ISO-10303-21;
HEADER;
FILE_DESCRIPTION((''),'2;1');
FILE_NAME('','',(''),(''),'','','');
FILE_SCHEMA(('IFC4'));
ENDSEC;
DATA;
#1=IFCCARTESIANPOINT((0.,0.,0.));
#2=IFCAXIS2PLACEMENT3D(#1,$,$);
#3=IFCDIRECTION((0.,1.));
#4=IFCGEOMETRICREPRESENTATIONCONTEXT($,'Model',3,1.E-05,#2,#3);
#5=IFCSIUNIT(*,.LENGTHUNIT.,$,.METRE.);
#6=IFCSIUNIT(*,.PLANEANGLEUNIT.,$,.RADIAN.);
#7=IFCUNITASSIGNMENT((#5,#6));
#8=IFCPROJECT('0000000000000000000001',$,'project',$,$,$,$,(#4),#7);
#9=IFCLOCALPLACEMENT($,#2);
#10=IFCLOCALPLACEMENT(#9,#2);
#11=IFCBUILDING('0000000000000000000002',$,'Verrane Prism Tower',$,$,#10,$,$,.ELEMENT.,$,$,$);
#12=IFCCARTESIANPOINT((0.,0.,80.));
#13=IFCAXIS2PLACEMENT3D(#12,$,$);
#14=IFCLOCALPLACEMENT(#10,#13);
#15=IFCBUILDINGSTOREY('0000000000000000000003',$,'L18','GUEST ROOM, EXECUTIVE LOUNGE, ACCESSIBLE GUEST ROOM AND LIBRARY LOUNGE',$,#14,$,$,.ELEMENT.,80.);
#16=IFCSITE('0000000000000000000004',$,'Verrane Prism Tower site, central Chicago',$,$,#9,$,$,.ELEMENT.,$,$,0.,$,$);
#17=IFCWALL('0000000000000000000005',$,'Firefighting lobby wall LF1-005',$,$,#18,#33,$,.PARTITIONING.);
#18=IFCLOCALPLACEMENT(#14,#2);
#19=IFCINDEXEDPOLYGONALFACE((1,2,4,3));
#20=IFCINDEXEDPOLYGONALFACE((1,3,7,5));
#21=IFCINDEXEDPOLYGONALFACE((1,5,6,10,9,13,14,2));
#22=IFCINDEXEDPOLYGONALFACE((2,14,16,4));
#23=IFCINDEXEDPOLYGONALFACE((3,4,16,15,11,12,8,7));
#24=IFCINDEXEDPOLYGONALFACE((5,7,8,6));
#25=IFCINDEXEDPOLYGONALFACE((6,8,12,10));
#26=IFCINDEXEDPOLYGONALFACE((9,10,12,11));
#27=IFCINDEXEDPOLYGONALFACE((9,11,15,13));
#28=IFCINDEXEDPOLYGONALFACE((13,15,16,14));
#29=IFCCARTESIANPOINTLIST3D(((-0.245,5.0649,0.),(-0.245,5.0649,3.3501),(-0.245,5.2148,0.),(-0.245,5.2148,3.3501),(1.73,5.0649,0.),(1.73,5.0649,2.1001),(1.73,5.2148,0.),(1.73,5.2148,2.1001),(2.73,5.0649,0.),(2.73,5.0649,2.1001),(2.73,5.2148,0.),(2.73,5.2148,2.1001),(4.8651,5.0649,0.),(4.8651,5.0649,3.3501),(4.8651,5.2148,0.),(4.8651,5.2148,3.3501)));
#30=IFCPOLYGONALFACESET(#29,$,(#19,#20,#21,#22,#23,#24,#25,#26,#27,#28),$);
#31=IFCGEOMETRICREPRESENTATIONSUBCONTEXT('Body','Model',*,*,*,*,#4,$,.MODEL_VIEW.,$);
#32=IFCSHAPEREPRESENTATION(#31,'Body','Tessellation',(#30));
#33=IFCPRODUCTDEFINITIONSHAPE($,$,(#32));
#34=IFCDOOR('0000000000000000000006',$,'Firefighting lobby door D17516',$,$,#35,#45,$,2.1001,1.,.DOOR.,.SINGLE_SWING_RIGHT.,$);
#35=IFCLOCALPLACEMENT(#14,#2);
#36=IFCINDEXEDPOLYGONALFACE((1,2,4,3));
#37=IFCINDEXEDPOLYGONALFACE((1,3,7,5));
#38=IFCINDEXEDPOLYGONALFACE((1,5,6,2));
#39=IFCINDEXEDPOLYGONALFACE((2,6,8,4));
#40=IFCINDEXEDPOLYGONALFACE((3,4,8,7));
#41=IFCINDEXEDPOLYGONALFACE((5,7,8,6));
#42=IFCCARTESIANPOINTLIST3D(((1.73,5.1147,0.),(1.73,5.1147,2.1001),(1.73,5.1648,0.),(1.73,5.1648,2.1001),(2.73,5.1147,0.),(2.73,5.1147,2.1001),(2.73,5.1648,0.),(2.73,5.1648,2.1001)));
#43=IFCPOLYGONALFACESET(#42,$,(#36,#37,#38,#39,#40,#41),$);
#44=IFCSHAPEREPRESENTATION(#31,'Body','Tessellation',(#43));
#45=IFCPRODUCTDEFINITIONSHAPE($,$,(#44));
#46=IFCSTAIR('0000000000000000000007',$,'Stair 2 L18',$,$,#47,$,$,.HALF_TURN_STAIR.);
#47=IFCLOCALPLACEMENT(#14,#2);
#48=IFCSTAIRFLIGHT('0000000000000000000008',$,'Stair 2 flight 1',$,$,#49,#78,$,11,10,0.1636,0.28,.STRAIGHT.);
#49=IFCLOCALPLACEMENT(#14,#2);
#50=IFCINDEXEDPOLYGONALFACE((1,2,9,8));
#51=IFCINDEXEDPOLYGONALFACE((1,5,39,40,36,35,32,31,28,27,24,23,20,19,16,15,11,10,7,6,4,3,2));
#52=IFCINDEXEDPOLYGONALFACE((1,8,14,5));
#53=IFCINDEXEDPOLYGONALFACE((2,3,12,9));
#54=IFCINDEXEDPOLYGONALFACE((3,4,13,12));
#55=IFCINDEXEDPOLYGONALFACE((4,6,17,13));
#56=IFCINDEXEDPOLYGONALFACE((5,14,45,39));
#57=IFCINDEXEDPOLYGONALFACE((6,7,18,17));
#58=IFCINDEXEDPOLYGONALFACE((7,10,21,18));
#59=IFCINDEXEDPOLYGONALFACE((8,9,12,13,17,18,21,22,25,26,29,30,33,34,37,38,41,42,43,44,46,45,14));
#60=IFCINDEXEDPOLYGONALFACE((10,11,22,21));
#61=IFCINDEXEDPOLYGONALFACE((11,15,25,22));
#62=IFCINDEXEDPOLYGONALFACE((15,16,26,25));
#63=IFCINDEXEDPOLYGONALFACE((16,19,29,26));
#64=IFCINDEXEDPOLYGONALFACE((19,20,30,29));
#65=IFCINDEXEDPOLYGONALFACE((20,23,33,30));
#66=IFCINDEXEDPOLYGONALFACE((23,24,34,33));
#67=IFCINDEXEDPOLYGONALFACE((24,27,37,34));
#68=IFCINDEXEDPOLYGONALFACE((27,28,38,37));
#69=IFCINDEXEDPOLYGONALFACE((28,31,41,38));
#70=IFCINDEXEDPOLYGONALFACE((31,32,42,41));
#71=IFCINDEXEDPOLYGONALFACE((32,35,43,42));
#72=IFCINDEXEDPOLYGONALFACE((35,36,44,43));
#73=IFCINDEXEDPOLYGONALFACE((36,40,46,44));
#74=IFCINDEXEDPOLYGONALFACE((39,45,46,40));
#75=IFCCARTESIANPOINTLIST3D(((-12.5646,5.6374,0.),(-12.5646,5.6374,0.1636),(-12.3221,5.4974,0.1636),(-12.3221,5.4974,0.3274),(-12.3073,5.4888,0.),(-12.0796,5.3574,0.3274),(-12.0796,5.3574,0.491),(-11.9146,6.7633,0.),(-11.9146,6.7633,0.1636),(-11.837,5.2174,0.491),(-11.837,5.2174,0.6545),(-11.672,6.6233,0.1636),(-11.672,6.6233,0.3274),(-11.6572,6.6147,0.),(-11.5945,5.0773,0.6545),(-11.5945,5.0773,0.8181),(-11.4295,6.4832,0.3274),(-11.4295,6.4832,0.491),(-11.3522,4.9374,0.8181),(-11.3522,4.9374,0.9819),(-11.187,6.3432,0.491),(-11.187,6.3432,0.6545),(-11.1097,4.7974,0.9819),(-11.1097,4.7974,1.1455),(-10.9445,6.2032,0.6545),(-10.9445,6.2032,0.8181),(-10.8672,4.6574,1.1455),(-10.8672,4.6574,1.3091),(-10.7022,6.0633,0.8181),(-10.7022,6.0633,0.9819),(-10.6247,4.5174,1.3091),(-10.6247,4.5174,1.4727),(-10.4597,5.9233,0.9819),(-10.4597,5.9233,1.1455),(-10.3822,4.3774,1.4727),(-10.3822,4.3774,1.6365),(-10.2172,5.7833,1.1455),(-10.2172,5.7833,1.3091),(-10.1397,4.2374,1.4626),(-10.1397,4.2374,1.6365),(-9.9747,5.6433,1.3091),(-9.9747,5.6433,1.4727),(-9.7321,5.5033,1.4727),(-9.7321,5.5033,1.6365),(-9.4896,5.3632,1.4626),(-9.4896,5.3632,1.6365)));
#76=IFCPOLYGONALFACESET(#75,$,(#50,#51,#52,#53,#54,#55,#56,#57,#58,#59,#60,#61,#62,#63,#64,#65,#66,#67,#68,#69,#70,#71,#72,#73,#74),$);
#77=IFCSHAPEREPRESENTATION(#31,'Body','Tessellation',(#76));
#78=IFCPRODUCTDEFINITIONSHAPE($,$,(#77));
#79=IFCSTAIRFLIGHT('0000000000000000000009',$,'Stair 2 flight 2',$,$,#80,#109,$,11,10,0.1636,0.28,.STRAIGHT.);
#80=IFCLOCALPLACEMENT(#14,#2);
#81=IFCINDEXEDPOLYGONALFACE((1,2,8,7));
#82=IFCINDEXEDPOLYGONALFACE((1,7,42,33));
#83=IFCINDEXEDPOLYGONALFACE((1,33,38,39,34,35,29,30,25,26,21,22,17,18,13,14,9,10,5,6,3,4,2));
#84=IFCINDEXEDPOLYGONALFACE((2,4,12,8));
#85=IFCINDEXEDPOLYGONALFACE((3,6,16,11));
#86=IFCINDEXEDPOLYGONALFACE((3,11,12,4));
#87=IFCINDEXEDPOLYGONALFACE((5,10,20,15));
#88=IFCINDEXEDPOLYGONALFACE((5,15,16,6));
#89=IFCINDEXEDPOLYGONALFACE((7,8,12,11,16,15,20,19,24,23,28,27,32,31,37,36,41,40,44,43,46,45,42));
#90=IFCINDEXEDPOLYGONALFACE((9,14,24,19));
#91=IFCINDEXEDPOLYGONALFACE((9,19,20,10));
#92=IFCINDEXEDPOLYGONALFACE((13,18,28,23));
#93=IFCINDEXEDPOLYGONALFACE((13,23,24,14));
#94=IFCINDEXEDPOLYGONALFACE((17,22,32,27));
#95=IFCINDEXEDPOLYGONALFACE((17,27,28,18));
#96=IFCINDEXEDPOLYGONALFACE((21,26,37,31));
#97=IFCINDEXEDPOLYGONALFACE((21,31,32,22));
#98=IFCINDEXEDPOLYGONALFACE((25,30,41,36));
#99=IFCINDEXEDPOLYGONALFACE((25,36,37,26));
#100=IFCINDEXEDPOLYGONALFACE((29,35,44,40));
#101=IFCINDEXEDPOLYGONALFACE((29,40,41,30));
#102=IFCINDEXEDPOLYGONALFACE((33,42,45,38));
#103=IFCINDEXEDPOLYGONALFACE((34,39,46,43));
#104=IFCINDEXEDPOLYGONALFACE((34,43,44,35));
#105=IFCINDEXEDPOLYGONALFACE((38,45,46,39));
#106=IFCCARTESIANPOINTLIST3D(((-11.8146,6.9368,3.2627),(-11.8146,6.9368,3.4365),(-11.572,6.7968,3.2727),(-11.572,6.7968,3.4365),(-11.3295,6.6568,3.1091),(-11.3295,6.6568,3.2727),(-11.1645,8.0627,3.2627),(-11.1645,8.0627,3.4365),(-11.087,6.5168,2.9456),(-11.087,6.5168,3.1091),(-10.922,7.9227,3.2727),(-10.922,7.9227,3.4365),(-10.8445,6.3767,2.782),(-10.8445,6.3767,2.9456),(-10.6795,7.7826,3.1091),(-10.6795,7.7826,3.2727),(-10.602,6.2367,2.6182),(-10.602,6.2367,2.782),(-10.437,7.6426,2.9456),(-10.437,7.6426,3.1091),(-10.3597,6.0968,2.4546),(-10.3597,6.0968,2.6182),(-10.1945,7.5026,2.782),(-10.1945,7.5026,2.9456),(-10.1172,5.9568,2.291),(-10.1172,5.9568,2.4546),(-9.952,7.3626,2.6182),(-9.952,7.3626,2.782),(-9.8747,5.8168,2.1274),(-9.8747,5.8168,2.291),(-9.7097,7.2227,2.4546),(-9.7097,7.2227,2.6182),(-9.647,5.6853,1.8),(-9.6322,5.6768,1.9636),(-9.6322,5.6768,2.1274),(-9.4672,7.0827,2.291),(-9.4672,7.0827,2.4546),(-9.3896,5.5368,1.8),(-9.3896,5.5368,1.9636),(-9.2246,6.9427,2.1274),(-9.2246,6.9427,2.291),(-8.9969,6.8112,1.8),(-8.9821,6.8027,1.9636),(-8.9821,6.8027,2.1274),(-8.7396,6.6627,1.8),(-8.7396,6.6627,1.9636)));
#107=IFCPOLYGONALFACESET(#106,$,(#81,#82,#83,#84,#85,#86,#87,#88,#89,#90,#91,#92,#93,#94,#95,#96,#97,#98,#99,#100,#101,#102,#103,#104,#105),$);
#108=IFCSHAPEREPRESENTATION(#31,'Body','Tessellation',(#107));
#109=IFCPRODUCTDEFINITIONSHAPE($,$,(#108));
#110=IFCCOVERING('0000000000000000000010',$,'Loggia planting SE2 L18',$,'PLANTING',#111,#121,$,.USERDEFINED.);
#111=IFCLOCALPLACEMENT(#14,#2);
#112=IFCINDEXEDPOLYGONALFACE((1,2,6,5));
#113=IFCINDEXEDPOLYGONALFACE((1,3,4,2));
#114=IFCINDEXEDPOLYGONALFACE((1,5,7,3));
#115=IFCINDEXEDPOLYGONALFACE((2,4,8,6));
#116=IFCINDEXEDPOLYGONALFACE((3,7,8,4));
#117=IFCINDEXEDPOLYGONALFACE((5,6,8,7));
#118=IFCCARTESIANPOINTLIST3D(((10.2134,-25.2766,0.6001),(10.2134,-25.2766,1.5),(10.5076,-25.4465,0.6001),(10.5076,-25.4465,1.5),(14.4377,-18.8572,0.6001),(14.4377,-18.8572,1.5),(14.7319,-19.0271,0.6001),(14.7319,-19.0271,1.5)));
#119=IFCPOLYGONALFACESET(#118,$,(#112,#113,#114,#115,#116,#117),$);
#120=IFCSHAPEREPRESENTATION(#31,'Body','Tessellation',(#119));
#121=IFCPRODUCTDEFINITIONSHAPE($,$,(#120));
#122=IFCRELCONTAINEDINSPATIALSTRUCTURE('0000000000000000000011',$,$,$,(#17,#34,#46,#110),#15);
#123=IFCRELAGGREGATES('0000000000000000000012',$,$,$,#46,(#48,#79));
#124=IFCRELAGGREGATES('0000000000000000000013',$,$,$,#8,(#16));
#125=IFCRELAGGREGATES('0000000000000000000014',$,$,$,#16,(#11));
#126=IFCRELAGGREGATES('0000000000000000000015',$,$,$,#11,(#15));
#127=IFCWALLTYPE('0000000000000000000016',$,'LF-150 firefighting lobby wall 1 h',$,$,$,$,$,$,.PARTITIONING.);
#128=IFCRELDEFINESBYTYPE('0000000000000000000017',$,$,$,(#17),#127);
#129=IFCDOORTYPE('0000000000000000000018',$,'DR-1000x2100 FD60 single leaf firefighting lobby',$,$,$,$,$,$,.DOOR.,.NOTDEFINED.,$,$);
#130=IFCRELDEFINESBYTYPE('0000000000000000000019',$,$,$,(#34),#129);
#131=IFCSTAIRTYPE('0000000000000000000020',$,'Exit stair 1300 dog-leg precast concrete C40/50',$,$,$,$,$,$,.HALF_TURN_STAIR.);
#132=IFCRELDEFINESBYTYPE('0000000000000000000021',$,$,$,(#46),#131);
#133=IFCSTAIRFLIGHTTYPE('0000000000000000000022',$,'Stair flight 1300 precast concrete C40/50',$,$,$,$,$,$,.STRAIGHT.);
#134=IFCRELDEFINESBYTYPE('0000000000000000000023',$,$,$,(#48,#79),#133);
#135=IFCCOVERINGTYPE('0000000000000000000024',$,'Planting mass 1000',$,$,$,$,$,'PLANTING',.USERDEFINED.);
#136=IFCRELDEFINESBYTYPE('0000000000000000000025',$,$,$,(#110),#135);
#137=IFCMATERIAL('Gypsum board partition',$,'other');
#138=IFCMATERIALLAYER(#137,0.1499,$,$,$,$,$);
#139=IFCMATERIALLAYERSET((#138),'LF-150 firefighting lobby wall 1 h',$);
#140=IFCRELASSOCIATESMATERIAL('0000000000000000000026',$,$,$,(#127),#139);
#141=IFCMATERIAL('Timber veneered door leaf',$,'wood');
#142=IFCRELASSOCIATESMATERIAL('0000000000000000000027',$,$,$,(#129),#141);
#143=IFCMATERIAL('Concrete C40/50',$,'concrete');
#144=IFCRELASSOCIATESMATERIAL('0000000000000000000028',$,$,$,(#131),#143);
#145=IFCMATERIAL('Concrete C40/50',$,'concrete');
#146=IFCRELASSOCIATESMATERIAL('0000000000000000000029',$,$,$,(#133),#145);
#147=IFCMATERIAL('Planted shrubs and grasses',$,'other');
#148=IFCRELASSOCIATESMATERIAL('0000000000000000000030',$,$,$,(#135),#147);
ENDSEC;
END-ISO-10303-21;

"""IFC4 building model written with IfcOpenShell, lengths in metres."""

from ifc_helpers import new_model, si_unit, direction, frame, frame_2d, origin, place, context, subcontext, project, spatial, polyline, rectangle, outline, extrude, material, layer, layer_set, type_object, element, fill, aggregate, save


model = new_model("IFC4")

# Units and contexts
model_context = context("Model", 3, precision=1e-05, world=origin(), true_north=direction((0.0, 1.0)))
body_context = subcontext(model_context, "Body", "Model", "MODEL_VIEW")
ifc_project = project(units=[si_unit("LENGTHUNIT", "METRE"), si_unit("PLANEANGLEUNIT", "RADIAN")], contexts=[model_context])

# Site, building, storey
site_placement = place(None, origin())
site = spatial("IfcSite", under=ifc_project, at=site_placement, Name="Verrane Prism Tower site, central Chicago", CompositionType="ELEMENT", RefElevation=0.0)
building_placement = place(site_placement, origin())
building = spatial("IfcBuilding", under=site, at=building_placement, Name="Verrane Prism Tower", CompositionType="ELEMENT")
storey_placement = place(building_placement, frame((0.0, 0.0, 80.0)))
storey = spatial("IfcBuildingStorey", under=building, at=storey_placement, Name="L18", Description="GUEST ROOM, EXECUTIVE LOUNGE, ACCESSIBLE GUEST ROOM AND LIBRARY LOUNGE", CompositionType="ELEMENT", Elevation=80.0)

# Shared definitions
ifc_material_1 = material(Name="Gypsum board partition", Category="other")
ifc_layer_1 = layer(ifc_material_1, 0.1499)
ifc_layer_set_1 = layer_set([ifc_layer_1], Name="LF-150 firefighting lobby wall 1 h")
wall_type_1 = type_object("IfcWallType", Name="LF-150 firefighting lobby wall 1 h", PredefinedType="PARTITIONING", material=ifc_layer_set_1)

# Shared definitions
ifc_material_2 = material(Name="Timber veneered door leaf", Category="wood")
door_type_1 = type_object("IfcDoorType", Name="DR-1000x2100 FD60 single leaf firefighting lobby", OperationType="NOTDEFINED", PredefinedType="DOOR", material=ifc_material_2)

# Wall, opening, door
wall_1_placement = place(storey_placement, frame((-0.2451, 5.1399, 0.0), z_axis=(0.0, 0.0, 1.0), x_axis=(1.0, 0.0, 0.0)))
wall_1 = element("IfcWall", 1, at=wall_1_placement, inside=storey, type_object=wall_type_1, Name="Firefighting lobby wall LF1-005", PredefinedType="PARTITIONING", context=body_context, shape_type="SweptSolid", body=[
    extrude(rectangle(XDim=5.1101, YDim=0.1499, at=frame_2d((2.5552, 0.0))), origin(), (0.0, 0.0, 1.0), 3.3501),
])
opening_1_placement = place(wall_1_placement, frame((1.9751, 0.0, 0.0)))
opening_1 = element("IfcOpeningElement", 2, at=opening_1_placement, cuts=wall_1, PredefinedType="OPENING", context=body_context, shape_type="SweptSolid", body=[
    extrude(rectangle(XDim=1.0, YDim=2.1001, at=frame_2d((0.5, 1.05))), frame((0.0, 0.085, 0.0), z_axis=(0.0, -1.0, 0.0), x_axis=(1.0, 0.0, 0.0)), (0.0, 0.0, 1.0), 0.1699),
])
door_1_placement = place(opening_1_placement, origin())
door_1 = element("IfcDoor", 3, at=door_1_placement, inside=storey, type_object=door_type_1, Name="Firefighting lobby door D17516", OperationType="SINGLE_SWING_RIGHT", OverallHeight=2.1001, OverallWidth=1.0, PredefinedType="DOOR", context=body_context, shape_type="SweptSolid", body=[
    extrude(rectangle(XDim=1.0, YDim=2.1001, at=frame_2d((0.5, 1.05))), frame((0.0, 0.0249, 0.0), z_axis=(0.0, -1.0, 0.0), x_axis=(1.0, 0.0, 0.0)), (0.0, 0.0, 1.0), 0.05),
])
fill(opening_1, door_1)

# Stair, stair flights
ifc_material_3 = material(Name="Concrete C40/50", Category="concrete")
stair_type = type_object("IfcStairType", Name="Exit stair 1300 dog-leg precast concrete C40/50", PredefinedType="HALF_TURN_STAIR", material=ifc_material_3)
stair_placement = place(storey_placement, origin())
stair = element("IfcStair", 4, at=stair_placement, inside=storey, type_object=stair_type, Name="Stair 2 L18", PredefinedType="HALF_TURN_STAIR")
ifc_material_4 = material(Name="Concrete C40/50", Category="concrete")
stair_flight_type = type_object("IfcStairFlightType", Name="Stair flight 1300 precast concrete C40/50", PredefinedType="STRAIGHT", material=ifc_material_4)
stair_flight_1_placement = place(storey_placement, frame((-12.2395, 6.2004, 0.0), z_axis=(0.0, 0.0, 1.0), x_axis=(0.866025, -0.5, 0.0)))
stair_flight_1 = element("IfcStairFlight", 5, at=stair_flight_1_placement, type_object=stair_flight_type, Name="Stair 2 flight 1", NumberOfRisers=11, NumberOfTreads=10, PredefinedType="STRAIGHT", RiserHeight=0.1636, TreadLength=0.28, context=body_context, shape_type="SweptSolid", body=[
    extrude(outline(polyline([(0.0, 0.0), (0.0, 0.1636), (0.28, 0.1636), (0.28, 0.3274), (0.5601, 0.3274), (0.5601, 0.491), (0.8401, 0.491), (0.8401, 0.6545), (1.1201, 0.6545), (1.1201, 0.8181), (1.3999, 0.8181), (1.3999, 0.9819), (1.6799, 0.9819), (1.6799, 1.1455), (1.96, 1.1455), (1.96, 1.3091), (2.24, 1.3091), (2.24, 1.4727), (2.52, 1.4727), (2.52, 1.6365), (2.8, 1.6365), (2.8, 1.8), (2.8, 1.4626), (0.2971, 0.0), (0.0, 0.0)])), frame((0.0, 0.6499, 0.0), z_axis=(0.0, -1.0, 0.0), x_axis=(1.0, 0.0, 0.0)), (0.0, 0.0, 1.0), 1.3),
])
stair_flight_2_placement = place(storey_placement, frame((-9.0647, 6.0996, 1.8), z_axis=(0.0, 0.0, 1.0), x_axis=(-0.866025, 0.5, 0.0)))
stair_flight_2 = element("IfcStairFlight", 6, at=stair_flight_2_placement, type_object=stair_flight_type, Name="Stair 2 flight 2", NumberOfRisers=11, NumberOfTreads=10, PredefinedType="STRAIGHT", RiserHeight=0.1636, TreadLength=0.28, context=body_context, shape_type="SweptSolid", body=[
    extrude(outline(polyline([(0.0, 0.0), (0.0, 0.1636), (0.28, 0.1636), (0.28, 0.3274), (0.5601, 0.3274), (0.5601, 0.491), (0.8401, 0.491), (0.8401, 0.6545), (1.1201, 0.6545), (1.1201, 0.8181), (1.3999, 0.8181), (1.3999, 0.9819), (1.6799, 0.9819), (1.6799, 1.1455), (1.96, 1.1455), (1.96, 1.3091), (2.24, 1.3091), (2.24, 1.4727), (2.52, 1.4727), (2.52, 1.6365), (2.8, 1.6365), (2.8, 1.8), (2.8, 1.4626), (0.2971, 0.0), (0.0, 0.0)])), frame((0.0, 0.6499, 0.0), z_axis=(0.0, -1.0, 0.0), x_axis=(1.0, 0.0, 0.0)), (0.0, 0.0, 1.0), 1.3),
])
aggregate(stair, [stair_flight_1, stair_flight_2])

# Covering
ifc_material_5 = material(Name="Planted shrubs and grasses", Category="other")
covering_type = type_object("IfcCoveringType", Name="Planting mass 1000", ElementType="PLANTING", PredefinedType="USERDEFINED", material=ifc_material_5)
covering_placement = place(storey_placement, frame((0.0, 0.0, 0.6001)))
element("IfcCovering", 7, at=covering_placement, inside=storey, type_object=covering_type, Name="Loggia planting SE2 L18", ObjectType="PLANTING", PredefinedType="USERDEFINED", context=body_context, shape_type="SweptSolid", body=[
    extrude(outline(polyline([(14.7319, -19.0271), (14.4377, -18.8572), (10.2134, -25.2766), (10.5076, -25.4465), (14.7319, -19.0271)])), origin(), (0.0, 0.0, 1.0), 0.8999),
])

save(model, "model.ifc")
